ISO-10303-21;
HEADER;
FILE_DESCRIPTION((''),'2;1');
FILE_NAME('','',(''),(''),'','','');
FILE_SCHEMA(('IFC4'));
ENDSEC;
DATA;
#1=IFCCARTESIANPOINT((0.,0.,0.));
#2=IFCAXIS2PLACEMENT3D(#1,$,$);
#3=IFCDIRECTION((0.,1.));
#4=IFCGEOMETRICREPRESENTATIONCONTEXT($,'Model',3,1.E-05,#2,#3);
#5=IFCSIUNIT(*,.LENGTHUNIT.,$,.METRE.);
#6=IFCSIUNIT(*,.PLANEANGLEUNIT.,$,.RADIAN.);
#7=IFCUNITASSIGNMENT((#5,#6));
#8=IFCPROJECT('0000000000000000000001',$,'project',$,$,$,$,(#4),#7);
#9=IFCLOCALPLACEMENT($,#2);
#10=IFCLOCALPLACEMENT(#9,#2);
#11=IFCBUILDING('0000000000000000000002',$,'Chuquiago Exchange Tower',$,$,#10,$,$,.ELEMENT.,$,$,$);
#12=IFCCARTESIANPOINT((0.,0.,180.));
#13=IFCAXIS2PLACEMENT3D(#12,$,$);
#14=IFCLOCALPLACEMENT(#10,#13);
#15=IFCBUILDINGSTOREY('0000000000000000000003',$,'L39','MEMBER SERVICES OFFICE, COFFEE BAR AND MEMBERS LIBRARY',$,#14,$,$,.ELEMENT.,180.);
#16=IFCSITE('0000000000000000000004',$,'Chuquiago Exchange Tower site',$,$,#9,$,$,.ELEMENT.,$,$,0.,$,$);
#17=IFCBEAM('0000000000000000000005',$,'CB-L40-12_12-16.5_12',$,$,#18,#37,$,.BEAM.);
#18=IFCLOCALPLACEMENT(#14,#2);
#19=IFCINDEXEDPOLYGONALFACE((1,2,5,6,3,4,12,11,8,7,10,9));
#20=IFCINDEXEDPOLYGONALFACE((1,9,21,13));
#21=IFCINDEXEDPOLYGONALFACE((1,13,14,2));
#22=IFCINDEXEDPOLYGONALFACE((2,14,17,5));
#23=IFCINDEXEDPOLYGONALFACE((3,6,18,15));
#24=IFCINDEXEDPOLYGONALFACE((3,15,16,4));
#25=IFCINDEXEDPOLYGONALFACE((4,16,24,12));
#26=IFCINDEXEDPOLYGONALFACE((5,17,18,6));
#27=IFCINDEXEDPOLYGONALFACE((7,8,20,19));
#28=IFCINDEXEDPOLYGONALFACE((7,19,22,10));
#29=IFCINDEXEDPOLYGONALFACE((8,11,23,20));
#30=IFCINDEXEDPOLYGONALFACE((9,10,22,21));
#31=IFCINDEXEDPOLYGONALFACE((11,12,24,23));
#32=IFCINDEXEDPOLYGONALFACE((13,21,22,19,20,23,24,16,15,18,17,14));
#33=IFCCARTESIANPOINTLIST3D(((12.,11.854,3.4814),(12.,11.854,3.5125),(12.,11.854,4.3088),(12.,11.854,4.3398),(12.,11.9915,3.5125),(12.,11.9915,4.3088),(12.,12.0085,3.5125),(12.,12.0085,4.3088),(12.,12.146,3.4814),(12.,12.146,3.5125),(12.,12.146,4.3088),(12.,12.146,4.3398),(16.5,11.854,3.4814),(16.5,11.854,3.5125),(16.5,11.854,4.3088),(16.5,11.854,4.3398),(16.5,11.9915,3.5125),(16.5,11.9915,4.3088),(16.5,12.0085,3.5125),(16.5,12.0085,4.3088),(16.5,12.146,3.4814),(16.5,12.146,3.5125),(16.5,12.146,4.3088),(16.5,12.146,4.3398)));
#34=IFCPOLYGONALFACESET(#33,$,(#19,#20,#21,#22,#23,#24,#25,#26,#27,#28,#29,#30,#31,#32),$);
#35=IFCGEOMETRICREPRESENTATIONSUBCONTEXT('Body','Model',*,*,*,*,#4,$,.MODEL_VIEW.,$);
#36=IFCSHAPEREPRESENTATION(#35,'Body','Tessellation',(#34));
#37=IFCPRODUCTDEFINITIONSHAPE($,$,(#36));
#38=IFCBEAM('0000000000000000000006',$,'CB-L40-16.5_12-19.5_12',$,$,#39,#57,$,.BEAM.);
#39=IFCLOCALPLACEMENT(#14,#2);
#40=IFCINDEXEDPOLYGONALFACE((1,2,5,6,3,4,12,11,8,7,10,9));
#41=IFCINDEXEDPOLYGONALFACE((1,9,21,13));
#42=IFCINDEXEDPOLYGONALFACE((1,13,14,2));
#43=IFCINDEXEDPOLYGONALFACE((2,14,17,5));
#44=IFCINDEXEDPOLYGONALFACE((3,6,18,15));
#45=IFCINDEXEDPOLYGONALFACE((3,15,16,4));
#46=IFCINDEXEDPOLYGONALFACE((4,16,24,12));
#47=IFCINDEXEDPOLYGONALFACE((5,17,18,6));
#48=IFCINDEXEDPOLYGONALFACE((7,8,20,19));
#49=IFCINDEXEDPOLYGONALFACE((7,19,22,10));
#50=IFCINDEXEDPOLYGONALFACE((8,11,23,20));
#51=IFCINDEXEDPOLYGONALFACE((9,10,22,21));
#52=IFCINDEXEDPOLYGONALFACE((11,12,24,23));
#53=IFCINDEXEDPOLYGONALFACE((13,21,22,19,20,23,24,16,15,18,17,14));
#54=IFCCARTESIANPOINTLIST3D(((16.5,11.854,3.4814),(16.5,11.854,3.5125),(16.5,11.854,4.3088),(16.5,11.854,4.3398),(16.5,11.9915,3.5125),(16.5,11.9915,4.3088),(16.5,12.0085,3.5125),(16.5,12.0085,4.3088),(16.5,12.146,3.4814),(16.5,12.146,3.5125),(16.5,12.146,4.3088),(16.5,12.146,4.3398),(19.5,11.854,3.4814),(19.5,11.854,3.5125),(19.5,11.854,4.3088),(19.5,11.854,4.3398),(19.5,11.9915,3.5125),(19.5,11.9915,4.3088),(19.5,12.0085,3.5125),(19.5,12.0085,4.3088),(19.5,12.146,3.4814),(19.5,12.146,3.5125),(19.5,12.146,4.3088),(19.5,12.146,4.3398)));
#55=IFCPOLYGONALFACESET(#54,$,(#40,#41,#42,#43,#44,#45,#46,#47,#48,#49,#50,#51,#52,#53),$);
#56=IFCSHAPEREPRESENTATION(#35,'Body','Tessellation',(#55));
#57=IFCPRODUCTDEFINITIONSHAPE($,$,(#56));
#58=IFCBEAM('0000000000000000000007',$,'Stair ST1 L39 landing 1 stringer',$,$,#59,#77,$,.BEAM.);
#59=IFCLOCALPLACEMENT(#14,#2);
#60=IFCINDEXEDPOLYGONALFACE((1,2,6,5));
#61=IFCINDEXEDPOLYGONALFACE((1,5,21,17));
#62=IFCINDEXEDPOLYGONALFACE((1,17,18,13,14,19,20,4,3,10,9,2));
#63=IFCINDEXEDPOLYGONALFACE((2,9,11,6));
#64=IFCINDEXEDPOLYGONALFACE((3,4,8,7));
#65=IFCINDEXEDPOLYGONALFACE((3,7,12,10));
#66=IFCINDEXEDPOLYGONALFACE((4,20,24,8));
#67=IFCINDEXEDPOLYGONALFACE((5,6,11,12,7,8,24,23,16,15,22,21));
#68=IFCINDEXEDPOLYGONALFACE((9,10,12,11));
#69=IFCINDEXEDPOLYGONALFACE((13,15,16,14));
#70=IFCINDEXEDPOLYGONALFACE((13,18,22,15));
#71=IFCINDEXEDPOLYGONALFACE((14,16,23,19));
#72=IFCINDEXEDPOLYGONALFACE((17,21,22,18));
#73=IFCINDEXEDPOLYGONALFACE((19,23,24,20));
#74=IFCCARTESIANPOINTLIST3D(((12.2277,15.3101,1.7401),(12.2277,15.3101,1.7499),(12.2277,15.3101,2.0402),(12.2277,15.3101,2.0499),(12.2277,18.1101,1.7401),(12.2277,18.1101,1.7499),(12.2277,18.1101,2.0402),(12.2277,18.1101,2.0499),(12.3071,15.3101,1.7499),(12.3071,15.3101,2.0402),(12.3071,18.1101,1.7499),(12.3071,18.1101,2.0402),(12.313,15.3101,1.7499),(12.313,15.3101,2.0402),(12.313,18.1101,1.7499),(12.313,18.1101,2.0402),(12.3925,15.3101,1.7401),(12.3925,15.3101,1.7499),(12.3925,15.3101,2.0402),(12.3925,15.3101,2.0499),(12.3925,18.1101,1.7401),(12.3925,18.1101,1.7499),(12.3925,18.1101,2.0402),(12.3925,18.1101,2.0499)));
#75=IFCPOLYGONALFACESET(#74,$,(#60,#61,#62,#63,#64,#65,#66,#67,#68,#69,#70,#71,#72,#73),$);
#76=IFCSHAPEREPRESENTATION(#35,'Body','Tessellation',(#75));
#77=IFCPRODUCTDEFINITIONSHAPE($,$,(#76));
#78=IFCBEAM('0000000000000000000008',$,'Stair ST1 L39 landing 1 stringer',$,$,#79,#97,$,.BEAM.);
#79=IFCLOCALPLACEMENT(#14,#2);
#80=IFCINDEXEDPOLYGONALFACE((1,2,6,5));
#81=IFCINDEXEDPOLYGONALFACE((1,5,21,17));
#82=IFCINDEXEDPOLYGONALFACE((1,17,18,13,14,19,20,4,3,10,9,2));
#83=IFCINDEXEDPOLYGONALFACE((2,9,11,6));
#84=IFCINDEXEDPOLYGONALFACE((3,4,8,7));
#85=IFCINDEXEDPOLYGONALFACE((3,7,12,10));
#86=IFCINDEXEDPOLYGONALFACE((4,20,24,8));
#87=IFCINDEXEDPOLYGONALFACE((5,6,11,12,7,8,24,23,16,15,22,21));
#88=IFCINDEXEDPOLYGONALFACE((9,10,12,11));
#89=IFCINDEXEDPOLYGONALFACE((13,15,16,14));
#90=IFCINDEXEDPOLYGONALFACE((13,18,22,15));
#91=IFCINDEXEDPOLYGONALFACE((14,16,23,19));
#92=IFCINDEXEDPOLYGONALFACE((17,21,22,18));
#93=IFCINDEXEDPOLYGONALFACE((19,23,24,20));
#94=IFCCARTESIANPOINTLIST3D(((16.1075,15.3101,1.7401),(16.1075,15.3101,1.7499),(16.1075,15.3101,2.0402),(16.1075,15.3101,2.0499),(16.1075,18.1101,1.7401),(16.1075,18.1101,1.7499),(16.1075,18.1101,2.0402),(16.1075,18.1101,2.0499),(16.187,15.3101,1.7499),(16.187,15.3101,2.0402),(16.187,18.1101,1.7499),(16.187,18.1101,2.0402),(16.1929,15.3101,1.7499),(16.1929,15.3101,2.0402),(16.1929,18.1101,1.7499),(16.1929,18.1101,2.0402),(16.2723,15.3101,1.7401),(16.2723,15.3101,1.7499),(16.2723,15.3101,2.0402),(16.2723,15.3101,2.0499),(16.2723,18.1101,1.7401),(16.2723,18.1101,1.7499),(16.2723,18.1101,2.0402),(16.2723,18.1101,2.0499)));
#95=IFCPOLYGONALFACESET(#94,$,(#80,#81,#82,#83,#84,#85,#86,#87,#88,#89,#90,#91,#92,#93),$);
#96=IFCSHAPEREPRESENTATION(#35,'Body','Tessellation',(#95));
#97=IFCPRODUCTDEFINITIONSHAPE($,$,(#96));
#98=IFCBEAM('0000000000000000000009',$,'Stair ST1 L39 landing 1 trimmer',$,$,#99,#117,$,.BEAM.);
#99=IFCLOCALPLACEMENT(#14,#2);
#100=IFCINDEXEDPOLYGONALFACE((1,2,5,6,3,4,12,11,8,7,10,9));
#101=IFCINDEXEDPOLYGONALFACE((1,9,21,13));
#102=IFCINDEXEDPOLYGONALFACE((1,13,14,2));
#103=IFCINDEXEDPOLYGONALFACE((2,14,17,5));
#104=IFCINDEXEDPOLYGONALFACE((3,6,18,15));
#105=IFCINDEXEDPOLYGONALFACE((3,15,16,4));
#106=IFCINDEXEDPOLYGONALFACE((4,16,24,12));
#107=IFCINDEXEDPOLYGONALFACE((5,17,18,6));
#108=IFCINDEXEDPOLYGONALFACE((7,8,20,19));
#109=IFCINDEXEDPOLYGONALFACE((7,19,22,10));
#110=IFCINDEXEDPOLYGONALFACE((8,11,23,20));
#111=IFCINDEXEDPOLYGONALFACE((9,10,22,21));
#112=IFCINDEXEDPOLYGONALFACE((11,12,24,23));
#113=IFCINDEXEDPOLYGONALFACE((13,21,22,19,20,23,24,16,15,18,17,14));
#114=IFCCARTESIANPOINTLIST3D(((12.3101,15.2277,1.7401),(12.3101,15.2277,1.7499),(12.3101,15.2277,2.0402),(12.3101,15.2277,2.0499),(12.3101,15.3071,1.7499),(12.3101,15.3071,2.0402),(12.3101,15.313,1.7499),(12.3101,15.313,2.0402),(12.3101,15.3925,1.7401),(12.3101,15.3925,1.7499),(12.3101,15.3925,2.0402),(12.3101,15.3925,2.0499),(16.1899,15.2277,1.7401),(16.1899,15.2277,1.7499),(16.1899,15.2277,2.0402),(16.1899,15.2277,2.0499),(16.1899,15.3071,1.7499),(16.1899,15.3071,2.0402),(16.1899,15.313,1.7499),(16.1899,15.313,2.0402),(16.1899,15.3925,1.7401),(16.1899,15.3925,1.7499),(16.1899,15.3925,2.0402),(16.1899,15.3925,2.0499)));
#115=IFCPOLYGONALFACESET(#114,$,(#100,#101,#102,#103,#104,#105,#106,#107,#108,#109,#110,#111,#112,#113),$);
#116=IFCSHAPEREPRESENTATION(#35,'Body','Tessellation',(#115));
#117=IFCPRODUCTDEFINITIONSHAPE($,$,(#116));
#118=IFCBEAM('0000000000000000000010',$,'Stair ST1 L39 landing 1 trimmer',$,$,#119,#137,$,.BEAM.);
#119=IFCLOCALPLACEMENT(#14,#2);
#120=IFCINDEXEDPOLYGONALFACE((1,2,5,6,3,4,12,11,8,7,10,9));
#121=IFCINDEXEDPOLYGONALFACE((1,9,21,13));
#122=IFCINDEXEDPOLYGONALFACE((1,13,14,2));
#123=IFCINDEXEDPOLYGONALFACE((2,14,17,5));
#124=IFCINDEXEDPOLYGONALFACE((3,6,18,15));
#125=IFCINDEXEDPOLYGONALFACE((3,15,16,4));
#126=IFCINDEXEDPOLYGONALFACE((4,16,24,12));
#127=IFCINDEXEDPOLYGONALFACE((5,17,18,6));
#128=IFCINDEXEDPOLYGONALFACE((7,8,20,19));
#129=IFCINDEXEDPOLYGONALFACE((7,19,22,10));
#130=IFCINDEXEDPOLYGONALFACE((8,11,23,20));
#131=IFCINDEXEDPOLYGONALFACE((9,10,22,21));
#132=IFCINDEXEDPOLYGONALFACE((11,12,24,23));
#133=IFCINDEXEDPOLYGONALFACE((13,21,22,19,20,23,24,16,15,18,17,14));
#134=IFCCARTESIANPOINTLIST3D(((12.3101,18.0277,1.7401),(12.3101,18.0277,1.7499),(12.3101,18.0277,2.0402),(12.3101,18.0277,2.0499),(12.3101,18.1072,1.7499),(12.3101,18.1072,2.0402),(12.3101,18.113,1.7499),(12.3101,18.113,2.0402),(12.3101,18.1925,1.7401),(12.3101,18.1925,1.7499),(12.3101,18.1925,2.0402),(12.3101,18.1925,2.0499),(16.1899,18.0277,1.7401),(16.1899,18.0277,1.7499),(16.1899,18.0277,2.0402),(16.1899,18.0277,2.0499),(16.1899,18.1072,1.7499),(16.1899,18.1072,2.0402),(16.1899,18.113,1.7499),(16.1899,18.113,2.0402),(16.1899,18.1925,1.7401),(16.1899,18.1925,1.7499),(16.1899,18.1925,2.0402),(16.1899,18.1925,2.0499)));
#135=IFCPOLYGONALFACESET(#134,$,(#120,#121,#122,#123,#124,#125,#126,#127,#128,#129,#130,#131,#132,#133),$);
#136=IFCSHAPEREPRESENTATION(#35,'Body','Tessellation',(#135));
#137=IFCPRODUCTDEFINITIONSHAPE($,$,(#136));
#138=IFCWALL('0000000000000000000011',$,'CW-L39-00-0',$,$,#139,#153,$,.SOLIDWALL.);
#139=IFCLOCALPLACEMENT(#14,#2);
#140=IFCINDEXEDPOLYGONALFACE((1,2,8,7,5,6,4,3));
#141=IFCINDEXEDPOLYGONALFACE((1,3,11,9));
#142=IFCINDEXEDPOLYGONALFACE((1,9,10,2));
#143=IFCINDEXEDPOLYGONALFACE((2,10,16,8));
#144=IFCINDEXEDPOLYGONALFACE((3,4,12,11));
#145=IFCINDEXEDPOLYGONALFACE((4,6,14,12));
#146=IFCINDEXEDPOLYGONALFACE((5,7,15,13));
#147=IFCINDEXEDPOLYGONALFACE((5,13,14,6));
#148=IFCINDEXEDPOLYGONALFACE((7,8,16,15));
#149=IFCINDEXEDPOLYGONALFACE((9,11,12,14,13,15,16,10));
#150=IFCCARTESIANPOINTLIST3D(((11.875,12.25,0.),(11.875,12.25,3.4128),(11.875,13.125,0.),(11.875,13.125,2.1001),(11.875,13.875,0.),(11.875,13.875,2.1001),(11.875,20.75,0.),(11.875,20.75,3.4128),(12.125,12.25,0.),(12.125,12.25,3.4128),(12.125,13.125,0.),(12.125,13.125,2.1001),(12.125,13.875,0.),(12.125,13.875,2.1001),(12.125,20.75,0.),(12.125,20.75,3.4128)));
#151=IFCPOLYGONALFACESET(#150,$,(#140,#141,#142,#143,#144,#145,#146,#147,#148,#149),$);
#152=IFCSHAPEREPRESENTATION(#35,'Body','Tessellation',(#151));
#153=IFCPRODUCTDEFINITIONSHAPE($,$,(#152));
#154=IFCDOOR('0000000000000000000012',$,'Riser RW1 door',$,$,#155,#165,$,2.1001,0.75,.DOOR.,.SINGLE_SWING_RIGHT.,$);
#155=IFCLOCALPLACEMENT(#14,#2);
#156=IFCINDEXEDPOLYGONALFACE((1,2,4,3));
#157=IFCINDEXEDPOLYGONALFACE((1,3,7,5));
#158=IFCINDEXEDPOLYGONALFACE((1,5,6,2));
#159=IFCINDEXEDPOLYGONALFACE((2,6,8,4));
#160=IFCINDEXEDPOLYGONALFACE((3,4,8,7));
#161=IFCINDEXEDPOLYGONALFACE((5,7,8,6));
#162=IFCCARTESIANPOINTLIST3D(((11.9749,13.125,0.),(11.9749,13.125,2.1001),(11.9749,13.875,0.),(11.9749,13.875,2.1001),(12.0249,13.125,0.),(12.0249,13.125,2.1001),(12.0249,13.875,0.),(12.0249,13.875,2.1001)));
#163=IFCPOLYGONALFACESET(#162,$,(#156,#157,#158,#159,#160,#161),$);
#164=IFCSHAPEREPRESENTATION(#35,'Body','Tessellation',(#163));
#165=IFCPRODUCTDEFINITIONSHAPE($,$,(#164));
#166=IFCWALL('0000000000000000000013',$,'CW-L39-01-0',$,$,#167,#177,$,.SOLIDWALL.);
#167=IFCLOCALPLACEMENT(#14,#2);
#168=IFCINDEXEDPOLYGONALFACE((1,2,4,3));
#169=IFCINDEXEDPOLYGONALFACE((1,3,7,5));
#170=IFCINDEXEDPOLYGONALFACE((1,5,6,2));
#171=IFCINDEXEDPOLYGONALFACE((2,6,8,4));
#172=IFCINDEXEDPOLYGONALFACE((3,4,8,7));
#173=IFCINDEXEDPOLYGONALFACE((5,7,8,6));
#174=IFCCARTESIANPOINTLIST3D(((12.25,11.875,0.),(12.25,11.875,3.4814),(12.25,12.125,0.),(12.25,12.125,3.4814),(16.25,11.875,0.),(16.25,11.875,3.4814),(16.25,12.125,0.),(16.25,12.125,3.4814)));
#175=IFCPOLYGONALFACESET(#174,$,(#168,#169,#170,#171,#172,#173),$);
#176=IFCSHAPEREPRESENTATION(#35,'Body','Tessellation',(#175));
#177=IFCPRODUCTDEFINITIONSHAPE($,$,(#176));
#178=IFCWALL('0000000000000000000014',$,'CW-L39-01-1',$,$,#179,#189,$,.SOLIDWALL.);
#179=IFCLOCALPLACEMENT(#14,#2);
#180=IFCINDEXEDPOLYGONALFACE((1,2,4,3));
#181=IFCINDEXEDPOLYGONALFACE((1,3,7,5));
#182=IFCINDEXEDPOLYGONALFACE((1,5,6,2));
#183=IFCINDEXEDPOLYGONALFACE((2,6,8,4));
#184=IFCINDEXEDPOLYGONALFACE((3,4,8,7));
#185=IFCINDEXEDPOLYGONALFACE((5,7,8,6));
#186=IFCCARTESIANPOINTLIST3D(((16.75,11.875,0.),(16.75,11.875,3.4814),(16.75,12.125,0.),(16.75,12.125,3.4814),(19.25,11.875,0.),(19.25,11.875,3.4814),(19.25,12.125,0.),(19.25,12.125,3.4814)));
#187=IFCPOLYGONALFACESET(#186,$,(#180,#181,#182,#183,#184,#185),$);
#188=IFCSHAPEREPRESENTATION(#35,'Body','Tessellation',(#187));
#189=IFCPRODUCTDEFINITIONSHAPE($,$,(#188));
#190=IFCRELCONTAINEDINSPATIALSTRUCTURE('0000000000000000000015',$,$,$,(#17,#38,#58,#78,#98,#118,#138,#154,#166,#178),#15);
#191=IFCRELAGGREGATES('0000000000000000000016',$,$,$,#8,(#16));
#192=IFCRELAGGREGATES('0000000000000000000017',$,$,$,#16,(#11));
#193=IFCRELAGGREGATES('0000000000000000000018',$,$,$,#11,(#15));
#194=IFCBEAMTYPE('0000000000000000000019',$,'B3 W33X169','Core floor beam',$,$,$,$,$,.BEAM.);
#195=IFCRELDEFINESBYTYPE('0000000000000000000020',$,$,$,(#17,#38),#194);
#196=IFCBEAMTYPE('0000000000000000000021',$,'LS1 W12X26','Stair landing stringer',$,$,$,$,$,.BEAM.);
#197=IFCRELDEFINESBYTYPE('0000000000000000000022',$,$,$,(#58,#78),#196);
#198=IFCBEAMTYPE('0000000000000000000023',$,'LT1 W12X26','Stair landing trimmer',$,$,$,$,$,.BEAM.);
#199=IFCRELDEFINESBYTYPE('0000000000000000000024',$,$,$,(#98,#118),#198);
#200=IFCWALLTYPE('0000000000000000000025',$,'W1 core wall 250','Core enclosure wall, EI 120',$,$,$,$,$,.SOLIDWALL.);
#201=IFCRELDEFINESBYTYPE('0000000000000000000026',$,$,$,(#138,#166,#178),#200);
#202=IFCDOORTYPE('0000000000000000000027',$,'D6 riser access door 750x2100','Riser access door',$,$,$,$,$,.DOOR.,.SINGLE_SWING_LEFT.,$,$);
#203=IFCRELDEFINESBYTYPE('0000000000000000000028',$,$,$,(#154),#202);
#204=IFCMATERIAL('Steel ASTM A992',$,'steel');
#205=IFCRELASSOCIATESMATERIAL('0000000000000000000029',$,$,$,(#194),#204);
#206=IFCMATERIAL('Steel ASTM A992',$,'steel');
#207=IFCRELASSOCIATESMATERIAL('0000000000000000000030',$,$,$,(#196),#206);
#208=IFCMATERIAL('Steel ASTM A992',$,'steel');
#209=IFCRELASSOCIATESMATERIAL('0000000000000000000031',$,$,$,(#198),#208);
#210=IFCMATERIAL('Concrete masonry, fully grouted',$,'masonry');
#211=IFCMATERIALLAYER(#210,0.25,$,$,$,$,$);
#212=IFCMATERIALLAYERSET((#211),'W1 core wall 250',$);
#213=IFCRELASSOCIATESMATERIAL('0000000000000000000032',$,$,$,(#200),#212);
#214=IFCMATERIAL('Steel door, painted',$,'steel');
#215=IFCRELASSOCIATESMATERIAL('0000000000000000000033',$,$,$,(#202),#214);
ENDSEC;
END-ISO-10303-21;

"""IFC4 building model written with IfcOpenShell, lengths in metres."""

from ifc_helpers import new_model, si_unit, direction, frame, frame_2d, origin, origin_2d, place, context, subcontext, project, spatial, rectangle, i_section, extrude, material, layer, layer_set, material_profile, profile_set, type_object, element, fill, save


model = new_model("IFC4")

# Units and contexts
model_context = context("Model", 3, precision=1e-05, world=origin(), true_north=direction((0.0, 1.0)))
body_context = subcontext(model_context, "Body", "Model", "MODEL_VIEW")
ifc_project = project(units=[si_unit("LENGTHUNIT", "METRE"), si_unit("PLANEANGLEUNIT", "RADIAN")], contexts=[model_context])

# Site, building, storey
site_placement = place(None, origin())
site = spatial("IfcSite", under=ifc_project, at=site_placement, Name="Chuquiago Exchange Tower site", CompositionType="ELEMENT", RefElevation=0.0)
building_placement = place(site_placement, origin())
building = spatial("IfcBuilding", under=site, at=building_placement, Name="Chuquiago Exchange Tower", CompositionType="ELEMENT")
storey_placement = place(building_placement, frame((0.0, 0.0, 180.0)))
storey = spatial("IfcBuildingStorey", under=building, at=storey_placement, Name="L39", Description="MEMBER SERVICES OFFICE, COFFEE BAR AND MEMBERS LIBRARY", CompositionType="ELEMENT", Elevation=180.0)

# Beams
ifc_material_1 = material(Name="Steel ASTM A992", Category="steel")
ifc_material_profile_1 = material_profile(ifc_material_1, i_section(OverallWidth=0.292, OverallDepth=0.8584, WebThickness=0.0171, FlangeThickness=0.031, at=origin_2d()), Name="W33X169")
ifc_profile_set_1 = profile_set([ifc_material_profile_1], Name="Steel ASTM A992")
beam_type_1 = type_object("IfcBeamType", Name="B3 W33X169", Description="Core floor beam", PredefinedType="BEAM", material=ifc_profile_set_1)
beam_1_placement = place(storey_placement, frame((12.0, 12.0, 3.9106), z_axis=(1.0, 0.0, 0.0), x_axis=(0.0, 1.0, 0.0)))
element("IfcBeam", 1, at=beam_1_placement, inside=storey, type_object=beam_type_1, Name="CB-L40-12_12-16.5_12", PredefinedType="BEAM", context=body_context, shape_type="SweptSolid", body=[
    extrude(i_section(OverallWidth=0.292, OverallDepth=0.8584, WebThickness=0.0171, FlangeThickness=0.031, at=origin_2d()), origin(), (0.0, 0.0, 1.0), 4.5),
])
beam_2_placement = place(storey_placement, frame((16.5, 12.0, 3.9106), z_axis=(1.0, 0.0, 0.0), x_axis=(0.0, 1.0, 0.0)))
element("IfcBeam", 2, at=beam_2_placement, inside=storey, type_object=beam_type_1, Name="CB-L40-16.5_12-19.5_12", PredefinedType="BEAM", context=body_context, shape_type="SweptSolid", body=[
    extrude(i_section(OverallWidth=0.292, OverallDepth=0.8584, WebThickness=0.0171, FlangeThickness=0.031, at=origin_2d()), origin(), (0.0, 0.0, 1.0), 3.0),
])
ifc_material_2 = material(Name="Steel ASTM A992", Category="steel")
ifc_material_profile_2 = material_profile(ifc_material_2, i_section(OverallWidth=0.1648, OverallDepth=0.3098, WebThickness=0.0059, FlangeThickness=0.0098, at=origin_2d()), Name="W12X26")
ifc_profile_set_2 = profile_set([ifc_material_profile_2], Name="Steel ASTM A992")
beam_type_2 = type_object("IfcBeamType", Name="LS1 W12X26", Description="Stair landing stringer", PredefinedType="BEAM", material=ifc_profile_set_2)
for number, where, z_axis, x_axis, name in (
    (3, (12.3101, 15.3101, 1.895), (0.0, 1.0, 0.0), (-1.0, 0.0, 0.0), "Stair ST1 L39 landing 1 stringer"),
    (4, (16.1899, 15.3101, 1.895), (0.0, 1.0, 0.0), (-1.0, 0.0, 0.0), "Stair ST1 L39 landing 1 stringer"),
):
    element("IfcBeam", number, at=place(storey_placement, frame(where, z_axis=z_axis, x_axis=x_axis)), inside=storey, type_object=beam_type_2, Name=name, PredefinedType="BEAM", context=body_context, shape_type="SweptSolid", body=[
        extrude(i_section(OverallWidth=0.1648, OverallDepth=0.3098, WebThickness=0.0059, FlangeThickness=0.0098, at=origin_2d()), origin(), (0.0, 0.0, 1.0), 2.8),
    ])
ifc_material_3 = material(Name="Steel ASTM A992", Category="steel")
ifc_material_profile_3 = material_profile(ifc_material_3, i_section(OverallWidth=0.1648, OverallDepth=0.3098, WebThickness=0.0059, FlangeThickness=0.0098, at=origin_2d()), Name="W12X26")
ifc_profile_set_3 = profile_set([ifc_material_profile_3], Name="Steel ASTM A992")
beam_type_3 = type_object("IfcBeamType", Name="LT1 W12X26", Description="Stair landing trimmer", PredefinedType="BEAM", material=ifc_profile_set_3)
for number, where, z_axis, x_axis, name in (
    (5, (12.3101, 15.3101, 1.895), (1.0, 0.0, 0.0), (0.0, 1.0, 0.0), "Stair ST1 L39 landing 1 trimmer"),
    (6, (12.3101, 18.1101, 1.895), (1.0, 0.0, 0.0), (0.0, 1.0, 0.0), "Stair ST1 L39 landing 1 trimmer"),
):
    element("IfcBeam", number, at=place(storey_placement, frame(where, z_axis=z_axis, x_axis=x_axis)), inside=storey, type_object=beam_type_3, Name=name, PredefinedType="BEAM", context=body_context, shape_type="SweptSolid", body=[
        extrude(i_section(OverallWidth=0.1648, OverallDepth=0.3098, WebThickness=0.0059, FlangeThickness=0.0098, at=origin_2d()), origin(), (0.0, 0.0, 1.0), 3.8799),
    ])

# Wall, opening, door
ifc_material_4 = material(Name="Concrete masonry, fully grouted", Category="masonry")
ifc_layer_1 = layer(ifc_material_4, 0.25)
ifc_layer_set_1 = layer_set([ifc_layer_1], Name="W1 core wall 250")
wall_type_1 = type_object("IfcWallType", Name="W1 core wall 250", Description="Core enclosure wall, EI 120", PredefinedType="SOLIDWALL", material=ifc_layer_set_1)
wall_1_placement = place(storey_placement, frame((12.0, 12.25, 0.0), z_axis=(0.0, 0.0, 1.0), x_axis=(0.0, 1.0, 0.0)))
wall_1 = element("IfcWall", 7, at=wall_1_placement, inside=storey, type_object=wall_type_1, Name="CW-L39-00-0", PredefinedType="SOLIDWALL", context=body_context, shape_type="SweptSolid", body=[
    extrude(rectangle(XDim=8.5, YDim=0.25, at=frame_2d((4.25, 0.0))), origin(), (0.0, 0.0, 1.0), 3.4128),
])
opening_placement = place(wall_1_placement, frame((0.875, 0.0, 0.0)))
opening = element("IfcOpeningElement", 8, at=opening_placement, cuts=wall_1, PredefinedType="OPENING", context=body_context, shape_type="SweptSolid", body=[
    extrude(rectangle(XDim=0.75, YDim=2.1001, at=frame_2d((0.375, 1.05))), frame((0.0, 0.135, 0.0), z_axis=(0.0, -1.0, 0.0), x_axis=(1.0, 0.0, 0.0)), (0.0, 0.0, 1.0), 0.27),
])
ifc_material_5 = material(Name="Steel door, painted", Category="steel")
door_type = type_object("IfcDoorType", Name="D6 riser access door 750x2100", Description="Riser access door", OperationType="SINGLE_SWING_LEFT", PredefinedType="DOOR", material=ifc_material_5)
door_placement = place(opening_placement, frame((0.75, 0.0, 0.0), z_axis=(0.0, 0.0, 1.0), x_axis=(-1.0, 0.0, 0.0)))
door = element("IfcDoor", 9, at=door_placement, inside=storey, type_object=door_type, Name="Riser RW1 door", OperationType="SINGLE_SWING_RIGHT", OverallHeight=2.1001, OverallWidth=0.75, PredefinedType="DOOR", context=body_context, shape_type="SweptSolid", body=[
    extrude(rectangle(XDim=0.75, YDim=2.1001, at=frame_2d((0.375, 1.05))), frame((0.0, 0.0249, 0.0), z_axis=(0.0, -1.0, 0.0), x_axis=(1.0, 0.0, 0.0)), (0.0, 0.0, 1.0), 0.05),
])
fill(opening, door)

# Walls
wall_2_placement = place(storey_placement, frame((12.25, 12.0, 0.0), z_axis=(0.0, 0.0, 1.0), x_axis=(1.0, 0.0, 0.0)))
element("IfcWall", 10, at=wall_2_placement, inside=storey, type_object=wall_type_1, Name="CW-L39-01-0", PredefinedType="SOLIDWALL", context=body_context, shape_type="SweptSolid", body=[
    extrude(rectangle(XDim=4.0, YDim=0.25, at=frame_2d((2.0, 0.0))), origin(), (0.0, 0.0, 1.0), 3.4814),
])
wall_3_placement = place(storey_placement, frame((16.75, 12.0, 0.0), z_axis=(0.0, 0.0, 1.0), x_axis=(1.0, 0.0, 0.0)))
element("IfcWall", 11, at=wall_3_placement, inside=storey, type_object=wall_type_1, Name="CW-L39-01-1", PredefinedType="SOLIDWALL", context=body_context, shape_type="SweptSolid", body=[
    extrude(rectangle(XDim=2.5, YDim=0.25, at=frame_2d((1.25, 0.0))), origin(), (0.0, 0.0, 1.0), 3.4814),
])

save(model, "model.ifc")
